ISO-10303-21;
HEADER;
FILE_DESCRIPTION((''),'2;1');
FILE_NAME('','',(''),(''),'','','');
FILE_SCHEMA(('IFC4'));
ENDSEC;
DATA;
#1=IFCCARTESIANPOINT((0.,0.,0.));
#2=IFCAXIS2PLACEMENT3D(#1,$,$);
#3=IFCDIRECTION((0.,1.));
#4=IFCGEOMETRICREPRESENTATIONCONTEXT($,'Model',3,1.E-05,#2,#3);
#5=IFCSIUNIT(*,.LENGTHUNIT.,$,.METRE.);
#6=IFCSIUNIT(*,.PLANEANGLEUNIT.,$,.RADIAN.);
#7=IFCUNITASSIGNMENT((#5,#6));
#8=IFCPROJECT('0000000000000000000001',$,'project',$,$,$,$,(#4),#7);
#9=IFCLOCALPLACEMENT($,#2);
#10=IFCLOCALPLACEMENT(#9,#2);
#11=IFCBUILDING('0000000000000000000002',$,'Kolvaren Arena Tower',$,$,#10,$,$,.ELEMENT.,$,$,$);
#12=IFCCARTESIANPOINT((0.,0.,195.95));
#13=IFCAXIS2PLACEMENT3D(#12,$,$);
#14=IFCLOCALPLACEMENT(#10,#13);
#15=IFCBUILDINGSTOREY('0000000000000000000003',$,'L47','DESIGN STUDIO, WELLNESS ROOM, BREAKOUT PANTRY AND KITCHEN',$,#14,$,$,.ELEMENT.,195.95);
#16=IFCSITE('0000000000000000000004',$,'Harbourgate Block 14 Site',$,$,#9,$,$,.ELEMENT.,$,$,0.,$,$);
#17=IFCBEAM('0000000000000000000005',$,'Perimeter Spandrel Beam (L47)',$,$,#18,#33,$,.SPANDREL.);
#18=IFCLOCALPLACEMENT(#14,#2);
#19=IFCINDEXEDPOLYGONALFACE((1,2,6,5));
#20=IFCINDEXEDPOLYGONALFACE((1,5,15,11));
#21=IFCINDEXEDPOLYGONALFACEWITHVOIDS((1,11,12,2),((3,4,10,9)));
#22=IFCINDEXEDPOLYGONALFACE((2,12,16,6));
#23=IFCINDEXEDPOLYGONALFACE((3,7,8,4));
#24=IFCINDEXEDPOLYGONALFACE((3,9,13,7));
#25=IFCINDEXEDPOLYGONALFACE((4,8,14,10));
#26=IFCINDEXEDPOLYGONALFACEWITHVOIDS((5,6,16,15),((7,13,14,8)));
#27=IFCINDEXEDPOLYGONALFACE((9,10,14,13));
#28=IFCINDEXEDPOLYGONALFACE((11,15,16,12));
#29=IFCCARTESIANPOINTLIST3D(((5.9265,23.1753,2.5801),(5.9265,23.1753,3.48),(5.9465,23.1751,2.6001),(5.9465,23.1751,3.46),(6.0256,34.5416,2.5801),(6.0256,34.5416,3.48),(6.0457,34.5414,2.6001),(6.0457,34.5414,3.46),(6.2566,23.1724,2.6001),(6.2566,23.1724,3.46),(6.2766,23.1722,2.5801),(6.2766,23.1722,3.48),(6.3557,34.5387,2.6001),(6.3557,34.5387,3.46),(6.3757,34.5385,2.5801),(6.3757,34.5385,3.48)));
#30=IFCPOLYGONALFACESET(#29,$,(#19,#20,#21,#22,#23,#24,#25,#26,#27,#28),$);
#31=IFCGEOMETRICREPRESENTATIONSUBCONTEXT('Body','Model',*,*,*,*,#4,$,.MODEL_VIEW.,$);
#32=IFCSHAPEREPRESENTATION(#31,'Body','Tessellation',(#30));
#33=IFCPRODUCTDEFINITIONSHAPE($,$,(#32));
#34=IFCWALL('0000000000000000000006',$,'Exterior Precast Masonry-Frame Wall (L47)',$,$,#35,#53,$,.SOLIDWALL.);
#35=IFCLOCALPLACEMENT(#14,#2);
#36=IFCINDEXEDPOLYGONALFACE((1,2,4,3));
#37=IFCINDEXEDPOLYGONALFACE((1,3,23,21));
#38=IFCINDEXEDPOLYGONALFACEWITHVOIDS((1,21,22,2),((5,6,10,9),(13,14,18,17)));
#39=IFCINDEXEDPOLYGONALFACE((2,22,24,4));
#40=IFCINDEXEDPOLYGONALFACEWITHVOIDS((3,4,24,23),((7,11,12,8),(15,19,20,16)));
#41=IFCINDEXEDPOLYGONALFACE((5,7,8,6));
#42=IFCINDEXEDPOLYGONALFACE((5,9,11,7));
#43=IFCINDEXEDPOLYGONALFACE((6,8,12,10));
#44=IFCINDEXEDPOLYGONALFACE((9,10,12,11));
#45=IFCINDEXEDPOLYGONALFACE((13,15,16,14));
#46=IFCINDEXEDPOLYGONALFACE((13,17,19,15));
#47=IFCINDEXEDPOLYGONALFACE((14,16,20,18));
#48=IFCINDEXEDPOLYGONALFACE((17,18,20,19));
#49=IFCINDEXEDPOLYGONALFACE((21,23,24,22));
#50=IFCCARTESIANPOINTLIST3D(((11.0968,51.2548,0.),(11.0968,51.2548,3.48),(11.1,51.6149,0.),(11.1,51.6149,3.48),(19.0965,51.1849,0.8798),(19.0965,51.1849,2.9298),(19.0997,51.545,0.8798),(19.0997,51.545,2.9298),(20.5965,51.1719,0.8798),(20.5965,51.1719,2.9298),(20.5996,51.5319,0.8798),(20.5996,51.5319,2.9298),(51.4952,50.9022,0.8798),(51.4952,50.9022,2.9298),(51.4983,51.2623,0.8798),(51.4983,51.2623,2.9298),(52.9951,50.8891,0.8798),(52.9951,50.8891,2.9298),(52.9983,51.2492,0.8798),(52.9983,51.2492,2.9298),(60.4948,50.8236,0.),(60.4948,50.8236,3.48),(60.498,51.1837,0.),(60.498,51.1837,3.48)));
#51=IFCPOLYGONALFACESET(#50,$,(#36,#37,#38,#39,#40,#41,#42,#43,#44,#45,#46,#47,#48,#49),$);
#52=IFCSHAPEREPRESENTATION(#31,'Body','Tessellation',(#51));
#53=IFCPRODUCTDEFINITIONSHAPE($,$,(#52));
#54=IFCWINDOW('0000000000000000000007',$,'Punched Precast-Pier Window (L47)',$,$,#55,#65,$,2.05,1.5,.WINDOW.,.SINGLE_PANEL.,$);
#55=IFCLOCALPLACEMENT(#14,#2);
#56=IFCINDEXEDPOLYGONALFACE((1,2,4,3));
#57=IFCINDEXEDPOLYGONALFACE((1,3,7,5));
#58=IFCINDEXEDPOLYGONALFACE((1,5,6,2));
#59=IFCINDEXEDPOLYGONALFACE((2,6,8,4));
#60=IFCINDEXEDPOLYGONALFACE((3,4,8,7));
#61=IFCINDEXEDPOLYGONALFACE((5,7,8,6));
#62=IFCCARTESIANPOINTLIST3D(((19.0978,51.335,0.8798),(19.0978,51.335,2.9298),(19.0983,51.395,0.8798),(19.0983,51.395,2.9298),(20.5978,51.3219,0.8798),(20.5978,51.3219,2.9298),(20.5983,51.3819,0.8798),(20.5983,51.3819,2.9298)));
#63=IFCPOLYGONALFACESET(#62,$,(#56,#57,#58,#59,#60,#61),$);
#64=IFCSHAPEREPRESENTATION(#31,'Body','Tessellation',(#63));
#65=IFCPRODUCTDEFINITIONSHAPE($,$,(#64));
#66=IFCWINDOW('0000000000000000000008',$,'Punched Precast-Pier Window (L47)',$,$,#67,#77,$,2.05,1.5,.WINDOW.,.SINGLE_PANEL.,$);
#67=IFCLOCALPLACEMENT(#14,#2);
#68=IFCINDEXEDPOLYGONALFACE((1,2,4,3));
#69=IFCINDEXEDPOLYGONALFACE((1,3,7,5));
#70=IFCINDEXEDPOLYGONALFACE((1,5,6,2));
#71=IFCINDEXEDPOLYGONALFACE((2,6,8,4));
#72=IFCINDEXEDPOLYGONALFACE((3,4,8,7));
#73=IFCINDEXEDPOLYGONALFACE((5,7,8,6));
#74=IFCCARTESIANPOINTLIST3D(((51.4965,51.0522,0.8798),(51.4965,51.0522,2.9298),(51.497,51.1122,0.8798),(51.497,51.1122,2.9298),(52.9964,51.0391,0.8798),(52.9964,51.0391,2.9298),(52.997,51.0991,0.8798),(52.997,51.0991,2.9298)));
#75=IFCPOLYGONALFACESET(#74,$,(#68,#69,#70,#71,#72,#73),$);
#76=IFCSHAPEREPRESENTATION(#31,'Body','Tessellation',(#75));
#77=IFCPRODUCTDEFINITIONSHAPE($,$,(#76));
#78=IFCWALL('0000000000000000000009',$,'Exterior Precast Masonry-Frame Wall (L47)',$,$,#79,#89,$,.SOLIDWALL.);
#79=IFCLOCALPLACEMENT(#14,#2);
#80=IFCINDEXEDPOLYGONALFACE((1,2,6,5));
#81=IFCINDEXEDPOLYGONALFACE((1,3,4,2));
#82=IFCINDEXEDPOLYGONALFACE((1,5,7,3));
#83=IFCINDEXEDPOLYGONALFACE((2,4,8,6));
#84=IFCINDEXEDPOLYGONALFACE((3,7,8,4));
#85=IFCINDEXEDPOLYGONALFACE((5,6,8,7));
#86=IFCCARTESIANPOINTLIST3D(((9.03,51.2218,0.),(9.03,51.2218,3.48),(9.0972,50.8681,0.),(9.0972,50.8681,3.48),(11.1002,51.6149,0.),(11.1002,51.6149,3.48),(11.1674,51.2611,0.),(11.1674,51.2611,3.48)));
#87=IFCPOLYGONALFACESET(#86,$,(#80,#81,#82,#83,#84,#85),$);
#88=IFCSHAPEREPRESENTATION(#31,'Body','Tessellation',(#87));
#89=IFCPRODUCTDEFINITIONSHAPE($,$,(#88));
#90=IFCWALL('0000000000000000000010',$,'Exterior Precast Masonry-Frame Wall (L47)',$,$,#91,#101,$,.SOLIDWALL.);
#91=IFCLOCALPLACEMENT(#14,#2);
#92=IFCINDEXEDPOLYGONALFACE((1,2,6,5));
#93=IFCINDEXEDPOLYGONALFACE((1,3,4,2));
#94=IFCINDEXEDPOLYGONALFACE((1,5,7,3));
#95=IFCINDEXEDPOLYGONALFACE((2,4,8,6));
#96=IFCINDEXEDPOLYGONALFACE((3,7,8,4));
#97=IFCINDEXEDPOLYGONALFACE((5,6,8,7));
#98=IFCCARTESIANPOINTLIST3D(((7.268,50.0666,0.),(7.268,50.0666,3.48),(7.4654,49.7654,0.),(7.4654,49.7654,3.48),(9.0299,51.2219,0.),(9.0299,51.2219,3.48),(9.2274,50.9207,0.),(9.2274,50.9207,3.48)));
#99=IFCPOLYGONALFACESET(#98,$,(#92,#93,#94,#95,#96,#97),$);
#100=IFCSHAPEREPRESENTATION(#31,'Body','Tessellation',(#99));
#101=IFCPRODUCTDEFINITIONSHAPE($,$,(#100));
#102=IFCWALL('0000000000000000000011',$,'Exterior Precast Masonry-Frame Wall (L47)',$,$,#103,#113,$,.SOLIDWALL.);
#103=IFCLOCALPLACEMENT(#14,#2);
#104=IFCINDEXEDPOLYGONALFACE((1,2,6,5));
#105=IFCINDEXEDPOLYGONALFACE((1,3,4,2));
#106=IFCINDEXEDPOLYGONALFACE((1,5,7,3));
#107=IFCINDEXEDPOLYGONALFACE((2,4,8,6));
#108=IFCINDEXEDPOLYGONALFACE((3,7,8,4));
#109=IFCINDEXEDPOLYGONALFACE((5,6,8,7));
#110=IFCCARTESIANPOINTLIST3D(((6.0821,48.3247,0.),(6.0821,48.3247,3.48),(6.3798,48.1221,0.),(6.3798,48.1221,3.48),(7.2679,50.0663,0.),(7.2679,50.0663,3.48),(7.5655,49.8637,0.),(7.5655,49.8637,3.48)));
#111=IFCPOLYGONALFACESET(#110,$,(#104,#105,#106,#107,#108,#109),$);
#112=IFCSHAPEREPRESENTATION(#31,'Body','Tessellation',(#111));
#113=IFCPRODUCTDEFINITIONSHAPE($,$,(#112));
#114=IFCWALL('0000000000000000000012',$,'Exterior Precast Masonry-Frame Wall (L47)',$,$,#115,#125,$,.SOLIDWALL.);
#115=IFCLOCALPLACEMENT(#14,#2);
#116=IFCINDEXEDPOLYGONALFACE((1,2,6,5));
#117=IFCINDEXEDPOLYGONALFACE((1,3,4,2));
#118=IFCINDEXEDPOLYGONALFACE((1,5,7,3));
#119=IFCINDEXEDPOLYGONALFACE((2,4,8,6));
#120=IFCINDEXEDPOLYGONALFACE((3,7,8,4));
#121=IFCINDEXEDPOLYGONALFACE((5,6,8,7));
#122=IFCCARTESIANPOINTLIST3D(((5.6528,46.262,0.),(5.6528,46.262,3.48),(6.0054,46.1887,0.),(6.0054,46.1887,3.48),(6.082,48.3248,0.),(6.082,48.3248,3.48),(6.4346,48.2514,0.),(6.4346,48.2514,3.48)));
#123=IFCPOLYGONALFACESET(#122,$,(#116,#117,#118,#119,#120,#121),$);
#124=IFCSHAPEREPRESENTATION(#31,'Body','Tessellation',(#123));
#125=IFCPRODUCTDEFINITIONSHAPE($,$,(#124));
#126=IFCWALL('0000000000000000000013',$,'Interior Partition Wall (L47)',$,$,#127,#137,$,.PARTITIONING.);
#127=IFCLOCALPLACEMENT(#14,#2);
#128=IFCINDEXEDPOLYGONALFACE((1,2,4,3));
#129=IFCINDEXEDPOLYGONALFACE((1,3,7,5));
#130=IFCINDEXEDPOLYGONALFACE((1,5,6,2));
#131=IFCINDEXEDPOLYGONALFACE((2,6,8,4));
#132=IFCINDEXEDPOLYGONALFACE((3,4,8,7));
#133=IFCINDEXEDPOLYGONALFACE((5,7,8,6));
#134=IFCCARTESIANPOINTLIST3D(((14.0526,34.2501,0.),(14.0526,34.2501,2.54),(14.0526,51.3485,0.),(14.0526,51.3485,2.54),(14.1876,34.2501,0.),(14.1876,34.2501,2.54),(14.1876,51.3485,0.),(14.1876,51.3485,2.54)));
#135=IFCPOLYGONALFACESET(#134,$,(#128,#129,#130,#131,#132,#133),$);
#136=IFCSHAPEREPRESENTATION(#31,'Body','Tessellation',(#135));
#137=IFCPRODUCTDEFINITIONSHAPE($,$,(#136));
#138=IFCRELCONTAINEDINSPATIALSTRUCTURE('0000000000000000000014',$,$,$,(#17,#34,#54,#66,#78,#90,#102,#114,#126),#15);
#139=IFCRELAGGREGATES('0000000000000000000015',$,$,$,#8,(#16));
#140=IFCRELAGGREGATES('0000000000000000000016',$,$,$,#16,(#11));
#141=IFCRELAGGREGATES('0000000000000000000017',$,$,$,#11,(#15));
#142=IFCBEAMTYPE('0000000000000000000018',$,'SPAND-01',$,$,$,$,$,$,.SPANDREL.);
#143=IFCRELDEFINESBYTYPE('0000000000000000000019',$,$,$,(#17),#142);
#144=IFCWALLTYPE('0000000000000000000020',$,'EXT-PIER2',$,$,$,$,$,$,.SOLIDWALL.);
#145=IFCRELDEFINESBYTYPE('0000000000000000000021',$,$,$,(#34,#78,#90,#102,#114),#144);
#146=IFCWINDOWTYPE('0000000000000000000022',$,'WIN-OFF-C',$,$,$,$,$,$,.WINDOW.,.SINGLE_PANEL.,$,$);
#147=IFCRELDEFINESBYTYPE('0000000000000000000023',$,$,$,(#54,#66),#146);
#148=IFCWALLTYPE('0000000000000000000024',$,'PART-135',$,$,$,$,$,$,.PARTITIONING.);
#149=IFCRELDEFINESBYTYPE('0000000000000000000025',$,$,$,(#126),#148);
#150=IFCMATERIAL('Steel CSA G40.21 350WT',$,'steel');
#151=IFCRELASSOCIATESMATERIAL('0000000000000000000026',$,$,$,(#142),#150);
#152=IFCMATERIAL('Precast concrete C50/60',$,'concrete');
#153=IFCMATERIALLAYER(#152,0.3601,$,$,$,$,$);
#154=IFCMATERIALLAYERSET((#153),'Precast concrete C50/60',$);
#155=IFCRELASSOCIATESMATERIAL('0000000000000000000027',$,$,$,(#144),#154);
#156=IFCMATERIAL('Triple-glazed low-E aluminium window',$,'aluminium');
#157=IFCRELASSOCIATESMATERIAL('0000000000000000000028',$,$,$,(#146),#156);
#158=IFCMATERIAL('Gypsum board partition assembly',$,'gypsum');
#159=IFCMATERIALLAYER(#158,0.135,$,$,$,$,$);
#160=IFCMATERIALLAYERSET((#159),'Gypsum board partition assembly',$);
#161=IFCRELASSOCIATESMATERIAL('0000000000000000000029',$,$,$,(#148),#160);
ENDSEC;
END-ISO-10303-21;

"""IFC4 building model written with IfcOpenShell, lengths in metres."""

from ifc_helpers import new_model, si_unit, direction, frame, frame_2d, origin, origin_2d, place, context, subcontext, project, spatial, rectangle, hollow_rectangle, extrude, material, layer, layer_set, material_profile, profile_set, type_object, element, fill, save


model = new_model("IFC4")

# Units and contexts
model_context = context("Model", 3, precision=1e-05, world=origin(), true_north=direction((0.0, 1.0)))
body_context = subcontext(model_context, "Body", "Model", "MODEL_VIEW")
ifc_project = project(units=[si_unit("LENGTHUNIT", "METRE"), si_unit("PLANEANGLEUNIT", "RADIAN")], contexts=[model_context])

# Site, building, storey
site_placement = place(None, origin())
site = spatial("IfcSite", under=ifc_project, at=site_placement, Name="Harbourgate Block 14 Site", CompositionType="ELEMENT", RefElevation=0.0)
building_placement = place(site_placement, origin())
building = spatial("IfcBuilding", under=site, at=building_placement, Name="Kolvaren Arena Tower", CompositionType="ELEMENT")
storey_placement = place(building_placement, frame((0.0, 0.0, 195.95)))
storey = spatial("IfcBuildingStorey", under=building, at=storey_placement, Name="L47", Description="DESIGN STUDIO, WELLNESS ROOM, BREAKOUT PANTRY AND KITCHEN", CompositionType="ELEMENT", Elevation=195.95)

# Beam
ifc_material_1 = material(Name="Steel CSA G40.21 350WT", Category="steel")
ifc_material_profile_1 = material_profile(ifc_material_1, hollow_rectangle(XDim=0.3501, YDim=0.8999, WallThickness=0.02, at=origin_2d()), Name="HSS 900x350x20")
ifc_profile_set_1 = profile_set([ifc_material_profile_1], Name="Steel CSA G40.21 350WT")
beam_type_1 = type_object("IfcBeamType", Name="SPAND-01", PredefinedType="SPANDREL", material=ifc_profile_set_1)
for number, where, z_axis, x_axis, name in (
    (1, (6.2007, 34.54, 3.03), (-0.00872, -0.999962, 0.0), (0.999962, -0.00872, 0.0), "Perimeter Spandrel Beam (L47)"),
):
    element("IfcBeam", number, at=place(storey_placement, frame(where, z_axis=z_axis, x_axis=x_axis)), inside=storey, type_object=beam_type_1, Name=name, PredefinedType="SPANDREL", context=body_context, shape_type="SweptSolid", body=[
        extrude(hollow_rectangle(XDim=0.3501, YDim=0.8999, WallThickness=0.02, at=origin_2d()), origin(), (0.0, 0.0, 1.0), 11.3667),
    ])

# Wall, openings, windows
ifc_material_2 = material(Name="Precast concrete C50/60", Category="concrete")
ifc_layer_1 = layer(ifc_material_2, 0.3601)
ifc_layer_set_1 = layer_set([ifc_layer_1], Name="Precast concrete C50/60")
wall_type_1 = type_object("IfcWallType", Name="EXT-PIER2", PredefinedType="SOLIDWALL", material=ifc_layer_set_1)
wall_1_placement = place(storey_placement, frame((11.0984, 51.4348, 0.0), z_axis=(0.0, 0.0, 1.0), x_axis=(0.999962, -0.008728, 0.0)))
wall_1 = element("IfcWall", 2, at=wall_1_placement, inside=storey, type_object=wall_type_1, Name="Exterior Precast Masonry-Frame Wall (L47)", PredefinedType="SOLIDWALL", context=body_context, shape_type="SweptSolid", body=[
    extrude(rectangle(XDim=49.3999, YDim=0.3601, at=frame_2d((24.7, 0.0))), origin(), (0.0, 0.0, 1.0), 3.48),
])
opening_1_placement = place(wall_1_placement, frame((8.0, 0.0, 0.8799)))
opening_1 = element("IfcOpeningElement", 3, at=opening_1_placement, cuts=wall_1, PredefinedType="OPENING", context=body_context, shape_type="SweptSolid", body=[
    extrude(rectangle(XDim=1.5, YDim=2.05, at=frame_2d((0.75, 1.0249))), frame((0.0, 0.1899, 0.0), z_axis=(0.0, -1.0, 0.0), x_axis=(1.0, 0.0, 0.0)), (0.0, 0.0, 1.0), 0.3801),
])
opening_2_placement = place(wall_1_placement, frame((40.3999, 0.0, 0.8799)))
opening_2 = element("IfcOpeningElement", 4, at=opening_2_placement, cuts=wall_1, PredefinedType="OPENING", context=body_context, shape_type="SweptSolid", body=[
    extrude(rectangle(XDim=1.5, YDim=2.05, at=frame_2d((0.75, 1.0249))), frame((0.0, 0.1899, 0.0), z_axis=(0.0, -1.0, 0.0), x_axis=(1.0, 0.0, 0.0)), (0.0, 0.0, 1.0), 0.3801),
])
ifc_material_3 = material(Name="Triple-glazed low-E aluminium window", Category="aluminium")
window_type = type_object("IfcWindowType", Name="WIN-OFF-C", PartitioningType="SINGLE_PANEL", PredefinedType="WINDOW", material=ifc_material_3)
window_1_placement = place(opening_1_placement, origin())
window_1 = element("IfcWindow", 5, at=window_1_placement, inside=storey, type_object=window_type, Name="Punched Precast-Pier Window (L47)", OverallHeight=2.05, OverallWidth=1.5, PartitioningType="SINGLE_PANEL", PredefinedType="WINDOW", context=body_context, shape_type="SweptSolid", body=[
    extrude(rectangle(XDim=1.5, YDim=2.05, at=frame_2d((0.75, 1.0249))), frame((0.0, 0.03, 0.0), z_axis=(0.0, -1.0, 0.0), x_axis=(1.0, 0.0, 0.0)), (0.0, 0.0, 1.0), 0.0601),
])
fill(opening_1, window_1)
window_2_placement = place(opening_2_placement, origin())
window_2 = element("IfcWindow", 6, at=window_2_placement, inside=storey, type_object=window_type, Name="Punched Precast-Pier Window (L47)", OverallHeight=2.05, OverallWidth=1.5, PartitioningType="SINGLE_PANEL", PredefinedType="WINDOW", context=body_context, shape_type="SweptSolid", body=[
    extrude(rectangle(XDim=1.5, YDim=2.05, at=frame_2d((0.75, 1.0249))), frame((0.0, 0.03, 0.0), z_axis=(0.0, -1.0, 0.0), x_axis=(1.0, 0.0, 0.0)), (0.0, 0.0, 1.0), 0.0601),
])
fill(opening_2, window_2)

# Walls
wall_2_placement = place(storey_placement, frame((9.0635, 51.0449, 0.0), z_axis=(0.0, 0.0, 1.0), x_axis=(0.982446, 0.186548, 0.0)))
element("IfcWall", 7, at=wall_2_placement, inside=storey, type_object=wall_type_1, Name="Exterior Precast Masonry-Frame Wall (L47)", PredefinedType="SOLIDWALL", context=body_context, shape_type="SweptSolid", body=[
    extrude(rectangle(XDim=2.1072, YDim=0.3601, at=frame_2d((1.0537, 0.0))), origin(), (0.0, 0.0, 1.0), 3.48),
])
for number, where, z_axis, x_axis, name in (
    (8, (7.3667, 49.916, 0.0), (0.0, 0.0, 1.0), (0.836269, 0.54832, 0.0), "Exterior Precast Masonry-Frame Wall (L47)"),
    (9, (6.231, 48.2234, 0.0), (0.0, 0.0, 1.0), (0.562776, 0.82661, 0.0), "Exterior Precast Masonry-Frame Wall (L47)"),
    (10, (5.8291, 46.2253, 0.0), (0.0, 0.0, 1.0), (0.203709, 0.979031, 0.0), "Exterior Precast Masonry-Frame Wall (L47)"),
):
    element("IfcWall", number, at=place(storey_placement, frame(where, z_axis=z_axis, x_axis=x_axis)), inside=storey, type_object=wall_type_1, Name=name, PredefinedType="SOLIDWALL", context=body_context, shape_type="SweptSolid", body=[
        extrude(rectangle(XDim=2.1069, YDim=0.3601, at=frame_2d((1.0535, 0.0))), origin(), (0.0, 0.0, 1.0), 3.48),
    ])
ifc_material_4 = material(Name="Gypsum board partition assembly", Category="gypsum")
ifc_layer_2 = layer(ifc_material_4, 0.135)
ifc_layer_set_2 = layer_set([ifc_layer_2], Name="Gypsum board partition assembly")
wall_type_2 = type_object("IfcWallType", Name="PART-135", PredefinedType="PARTITIONING", material=ifc_layer_set_2)
wall_3_placement = place(storey_placement, frame((14.1201, 34.25, 0.0), z_axis=(0.0, 0.0, 1.0), x_axis=(0.0, 1.0, 0.0)))
element("IfcWall", 11, at=wall_3_placement, inside=storey, type_object=wall_type_2, Name="Interior Partition Wall (L47)", PredefinedType="PARTITIONING", context=body_context, shape_type="SweptSolid", body=[
    extrude(rectangle(XDim=17.0984, YDim=0.135, at=frame_2d((8.5493, 0.0))), origin(), (0.0, 0.0, 1.0), 2.54),
])

save(model, "model.ifc")
